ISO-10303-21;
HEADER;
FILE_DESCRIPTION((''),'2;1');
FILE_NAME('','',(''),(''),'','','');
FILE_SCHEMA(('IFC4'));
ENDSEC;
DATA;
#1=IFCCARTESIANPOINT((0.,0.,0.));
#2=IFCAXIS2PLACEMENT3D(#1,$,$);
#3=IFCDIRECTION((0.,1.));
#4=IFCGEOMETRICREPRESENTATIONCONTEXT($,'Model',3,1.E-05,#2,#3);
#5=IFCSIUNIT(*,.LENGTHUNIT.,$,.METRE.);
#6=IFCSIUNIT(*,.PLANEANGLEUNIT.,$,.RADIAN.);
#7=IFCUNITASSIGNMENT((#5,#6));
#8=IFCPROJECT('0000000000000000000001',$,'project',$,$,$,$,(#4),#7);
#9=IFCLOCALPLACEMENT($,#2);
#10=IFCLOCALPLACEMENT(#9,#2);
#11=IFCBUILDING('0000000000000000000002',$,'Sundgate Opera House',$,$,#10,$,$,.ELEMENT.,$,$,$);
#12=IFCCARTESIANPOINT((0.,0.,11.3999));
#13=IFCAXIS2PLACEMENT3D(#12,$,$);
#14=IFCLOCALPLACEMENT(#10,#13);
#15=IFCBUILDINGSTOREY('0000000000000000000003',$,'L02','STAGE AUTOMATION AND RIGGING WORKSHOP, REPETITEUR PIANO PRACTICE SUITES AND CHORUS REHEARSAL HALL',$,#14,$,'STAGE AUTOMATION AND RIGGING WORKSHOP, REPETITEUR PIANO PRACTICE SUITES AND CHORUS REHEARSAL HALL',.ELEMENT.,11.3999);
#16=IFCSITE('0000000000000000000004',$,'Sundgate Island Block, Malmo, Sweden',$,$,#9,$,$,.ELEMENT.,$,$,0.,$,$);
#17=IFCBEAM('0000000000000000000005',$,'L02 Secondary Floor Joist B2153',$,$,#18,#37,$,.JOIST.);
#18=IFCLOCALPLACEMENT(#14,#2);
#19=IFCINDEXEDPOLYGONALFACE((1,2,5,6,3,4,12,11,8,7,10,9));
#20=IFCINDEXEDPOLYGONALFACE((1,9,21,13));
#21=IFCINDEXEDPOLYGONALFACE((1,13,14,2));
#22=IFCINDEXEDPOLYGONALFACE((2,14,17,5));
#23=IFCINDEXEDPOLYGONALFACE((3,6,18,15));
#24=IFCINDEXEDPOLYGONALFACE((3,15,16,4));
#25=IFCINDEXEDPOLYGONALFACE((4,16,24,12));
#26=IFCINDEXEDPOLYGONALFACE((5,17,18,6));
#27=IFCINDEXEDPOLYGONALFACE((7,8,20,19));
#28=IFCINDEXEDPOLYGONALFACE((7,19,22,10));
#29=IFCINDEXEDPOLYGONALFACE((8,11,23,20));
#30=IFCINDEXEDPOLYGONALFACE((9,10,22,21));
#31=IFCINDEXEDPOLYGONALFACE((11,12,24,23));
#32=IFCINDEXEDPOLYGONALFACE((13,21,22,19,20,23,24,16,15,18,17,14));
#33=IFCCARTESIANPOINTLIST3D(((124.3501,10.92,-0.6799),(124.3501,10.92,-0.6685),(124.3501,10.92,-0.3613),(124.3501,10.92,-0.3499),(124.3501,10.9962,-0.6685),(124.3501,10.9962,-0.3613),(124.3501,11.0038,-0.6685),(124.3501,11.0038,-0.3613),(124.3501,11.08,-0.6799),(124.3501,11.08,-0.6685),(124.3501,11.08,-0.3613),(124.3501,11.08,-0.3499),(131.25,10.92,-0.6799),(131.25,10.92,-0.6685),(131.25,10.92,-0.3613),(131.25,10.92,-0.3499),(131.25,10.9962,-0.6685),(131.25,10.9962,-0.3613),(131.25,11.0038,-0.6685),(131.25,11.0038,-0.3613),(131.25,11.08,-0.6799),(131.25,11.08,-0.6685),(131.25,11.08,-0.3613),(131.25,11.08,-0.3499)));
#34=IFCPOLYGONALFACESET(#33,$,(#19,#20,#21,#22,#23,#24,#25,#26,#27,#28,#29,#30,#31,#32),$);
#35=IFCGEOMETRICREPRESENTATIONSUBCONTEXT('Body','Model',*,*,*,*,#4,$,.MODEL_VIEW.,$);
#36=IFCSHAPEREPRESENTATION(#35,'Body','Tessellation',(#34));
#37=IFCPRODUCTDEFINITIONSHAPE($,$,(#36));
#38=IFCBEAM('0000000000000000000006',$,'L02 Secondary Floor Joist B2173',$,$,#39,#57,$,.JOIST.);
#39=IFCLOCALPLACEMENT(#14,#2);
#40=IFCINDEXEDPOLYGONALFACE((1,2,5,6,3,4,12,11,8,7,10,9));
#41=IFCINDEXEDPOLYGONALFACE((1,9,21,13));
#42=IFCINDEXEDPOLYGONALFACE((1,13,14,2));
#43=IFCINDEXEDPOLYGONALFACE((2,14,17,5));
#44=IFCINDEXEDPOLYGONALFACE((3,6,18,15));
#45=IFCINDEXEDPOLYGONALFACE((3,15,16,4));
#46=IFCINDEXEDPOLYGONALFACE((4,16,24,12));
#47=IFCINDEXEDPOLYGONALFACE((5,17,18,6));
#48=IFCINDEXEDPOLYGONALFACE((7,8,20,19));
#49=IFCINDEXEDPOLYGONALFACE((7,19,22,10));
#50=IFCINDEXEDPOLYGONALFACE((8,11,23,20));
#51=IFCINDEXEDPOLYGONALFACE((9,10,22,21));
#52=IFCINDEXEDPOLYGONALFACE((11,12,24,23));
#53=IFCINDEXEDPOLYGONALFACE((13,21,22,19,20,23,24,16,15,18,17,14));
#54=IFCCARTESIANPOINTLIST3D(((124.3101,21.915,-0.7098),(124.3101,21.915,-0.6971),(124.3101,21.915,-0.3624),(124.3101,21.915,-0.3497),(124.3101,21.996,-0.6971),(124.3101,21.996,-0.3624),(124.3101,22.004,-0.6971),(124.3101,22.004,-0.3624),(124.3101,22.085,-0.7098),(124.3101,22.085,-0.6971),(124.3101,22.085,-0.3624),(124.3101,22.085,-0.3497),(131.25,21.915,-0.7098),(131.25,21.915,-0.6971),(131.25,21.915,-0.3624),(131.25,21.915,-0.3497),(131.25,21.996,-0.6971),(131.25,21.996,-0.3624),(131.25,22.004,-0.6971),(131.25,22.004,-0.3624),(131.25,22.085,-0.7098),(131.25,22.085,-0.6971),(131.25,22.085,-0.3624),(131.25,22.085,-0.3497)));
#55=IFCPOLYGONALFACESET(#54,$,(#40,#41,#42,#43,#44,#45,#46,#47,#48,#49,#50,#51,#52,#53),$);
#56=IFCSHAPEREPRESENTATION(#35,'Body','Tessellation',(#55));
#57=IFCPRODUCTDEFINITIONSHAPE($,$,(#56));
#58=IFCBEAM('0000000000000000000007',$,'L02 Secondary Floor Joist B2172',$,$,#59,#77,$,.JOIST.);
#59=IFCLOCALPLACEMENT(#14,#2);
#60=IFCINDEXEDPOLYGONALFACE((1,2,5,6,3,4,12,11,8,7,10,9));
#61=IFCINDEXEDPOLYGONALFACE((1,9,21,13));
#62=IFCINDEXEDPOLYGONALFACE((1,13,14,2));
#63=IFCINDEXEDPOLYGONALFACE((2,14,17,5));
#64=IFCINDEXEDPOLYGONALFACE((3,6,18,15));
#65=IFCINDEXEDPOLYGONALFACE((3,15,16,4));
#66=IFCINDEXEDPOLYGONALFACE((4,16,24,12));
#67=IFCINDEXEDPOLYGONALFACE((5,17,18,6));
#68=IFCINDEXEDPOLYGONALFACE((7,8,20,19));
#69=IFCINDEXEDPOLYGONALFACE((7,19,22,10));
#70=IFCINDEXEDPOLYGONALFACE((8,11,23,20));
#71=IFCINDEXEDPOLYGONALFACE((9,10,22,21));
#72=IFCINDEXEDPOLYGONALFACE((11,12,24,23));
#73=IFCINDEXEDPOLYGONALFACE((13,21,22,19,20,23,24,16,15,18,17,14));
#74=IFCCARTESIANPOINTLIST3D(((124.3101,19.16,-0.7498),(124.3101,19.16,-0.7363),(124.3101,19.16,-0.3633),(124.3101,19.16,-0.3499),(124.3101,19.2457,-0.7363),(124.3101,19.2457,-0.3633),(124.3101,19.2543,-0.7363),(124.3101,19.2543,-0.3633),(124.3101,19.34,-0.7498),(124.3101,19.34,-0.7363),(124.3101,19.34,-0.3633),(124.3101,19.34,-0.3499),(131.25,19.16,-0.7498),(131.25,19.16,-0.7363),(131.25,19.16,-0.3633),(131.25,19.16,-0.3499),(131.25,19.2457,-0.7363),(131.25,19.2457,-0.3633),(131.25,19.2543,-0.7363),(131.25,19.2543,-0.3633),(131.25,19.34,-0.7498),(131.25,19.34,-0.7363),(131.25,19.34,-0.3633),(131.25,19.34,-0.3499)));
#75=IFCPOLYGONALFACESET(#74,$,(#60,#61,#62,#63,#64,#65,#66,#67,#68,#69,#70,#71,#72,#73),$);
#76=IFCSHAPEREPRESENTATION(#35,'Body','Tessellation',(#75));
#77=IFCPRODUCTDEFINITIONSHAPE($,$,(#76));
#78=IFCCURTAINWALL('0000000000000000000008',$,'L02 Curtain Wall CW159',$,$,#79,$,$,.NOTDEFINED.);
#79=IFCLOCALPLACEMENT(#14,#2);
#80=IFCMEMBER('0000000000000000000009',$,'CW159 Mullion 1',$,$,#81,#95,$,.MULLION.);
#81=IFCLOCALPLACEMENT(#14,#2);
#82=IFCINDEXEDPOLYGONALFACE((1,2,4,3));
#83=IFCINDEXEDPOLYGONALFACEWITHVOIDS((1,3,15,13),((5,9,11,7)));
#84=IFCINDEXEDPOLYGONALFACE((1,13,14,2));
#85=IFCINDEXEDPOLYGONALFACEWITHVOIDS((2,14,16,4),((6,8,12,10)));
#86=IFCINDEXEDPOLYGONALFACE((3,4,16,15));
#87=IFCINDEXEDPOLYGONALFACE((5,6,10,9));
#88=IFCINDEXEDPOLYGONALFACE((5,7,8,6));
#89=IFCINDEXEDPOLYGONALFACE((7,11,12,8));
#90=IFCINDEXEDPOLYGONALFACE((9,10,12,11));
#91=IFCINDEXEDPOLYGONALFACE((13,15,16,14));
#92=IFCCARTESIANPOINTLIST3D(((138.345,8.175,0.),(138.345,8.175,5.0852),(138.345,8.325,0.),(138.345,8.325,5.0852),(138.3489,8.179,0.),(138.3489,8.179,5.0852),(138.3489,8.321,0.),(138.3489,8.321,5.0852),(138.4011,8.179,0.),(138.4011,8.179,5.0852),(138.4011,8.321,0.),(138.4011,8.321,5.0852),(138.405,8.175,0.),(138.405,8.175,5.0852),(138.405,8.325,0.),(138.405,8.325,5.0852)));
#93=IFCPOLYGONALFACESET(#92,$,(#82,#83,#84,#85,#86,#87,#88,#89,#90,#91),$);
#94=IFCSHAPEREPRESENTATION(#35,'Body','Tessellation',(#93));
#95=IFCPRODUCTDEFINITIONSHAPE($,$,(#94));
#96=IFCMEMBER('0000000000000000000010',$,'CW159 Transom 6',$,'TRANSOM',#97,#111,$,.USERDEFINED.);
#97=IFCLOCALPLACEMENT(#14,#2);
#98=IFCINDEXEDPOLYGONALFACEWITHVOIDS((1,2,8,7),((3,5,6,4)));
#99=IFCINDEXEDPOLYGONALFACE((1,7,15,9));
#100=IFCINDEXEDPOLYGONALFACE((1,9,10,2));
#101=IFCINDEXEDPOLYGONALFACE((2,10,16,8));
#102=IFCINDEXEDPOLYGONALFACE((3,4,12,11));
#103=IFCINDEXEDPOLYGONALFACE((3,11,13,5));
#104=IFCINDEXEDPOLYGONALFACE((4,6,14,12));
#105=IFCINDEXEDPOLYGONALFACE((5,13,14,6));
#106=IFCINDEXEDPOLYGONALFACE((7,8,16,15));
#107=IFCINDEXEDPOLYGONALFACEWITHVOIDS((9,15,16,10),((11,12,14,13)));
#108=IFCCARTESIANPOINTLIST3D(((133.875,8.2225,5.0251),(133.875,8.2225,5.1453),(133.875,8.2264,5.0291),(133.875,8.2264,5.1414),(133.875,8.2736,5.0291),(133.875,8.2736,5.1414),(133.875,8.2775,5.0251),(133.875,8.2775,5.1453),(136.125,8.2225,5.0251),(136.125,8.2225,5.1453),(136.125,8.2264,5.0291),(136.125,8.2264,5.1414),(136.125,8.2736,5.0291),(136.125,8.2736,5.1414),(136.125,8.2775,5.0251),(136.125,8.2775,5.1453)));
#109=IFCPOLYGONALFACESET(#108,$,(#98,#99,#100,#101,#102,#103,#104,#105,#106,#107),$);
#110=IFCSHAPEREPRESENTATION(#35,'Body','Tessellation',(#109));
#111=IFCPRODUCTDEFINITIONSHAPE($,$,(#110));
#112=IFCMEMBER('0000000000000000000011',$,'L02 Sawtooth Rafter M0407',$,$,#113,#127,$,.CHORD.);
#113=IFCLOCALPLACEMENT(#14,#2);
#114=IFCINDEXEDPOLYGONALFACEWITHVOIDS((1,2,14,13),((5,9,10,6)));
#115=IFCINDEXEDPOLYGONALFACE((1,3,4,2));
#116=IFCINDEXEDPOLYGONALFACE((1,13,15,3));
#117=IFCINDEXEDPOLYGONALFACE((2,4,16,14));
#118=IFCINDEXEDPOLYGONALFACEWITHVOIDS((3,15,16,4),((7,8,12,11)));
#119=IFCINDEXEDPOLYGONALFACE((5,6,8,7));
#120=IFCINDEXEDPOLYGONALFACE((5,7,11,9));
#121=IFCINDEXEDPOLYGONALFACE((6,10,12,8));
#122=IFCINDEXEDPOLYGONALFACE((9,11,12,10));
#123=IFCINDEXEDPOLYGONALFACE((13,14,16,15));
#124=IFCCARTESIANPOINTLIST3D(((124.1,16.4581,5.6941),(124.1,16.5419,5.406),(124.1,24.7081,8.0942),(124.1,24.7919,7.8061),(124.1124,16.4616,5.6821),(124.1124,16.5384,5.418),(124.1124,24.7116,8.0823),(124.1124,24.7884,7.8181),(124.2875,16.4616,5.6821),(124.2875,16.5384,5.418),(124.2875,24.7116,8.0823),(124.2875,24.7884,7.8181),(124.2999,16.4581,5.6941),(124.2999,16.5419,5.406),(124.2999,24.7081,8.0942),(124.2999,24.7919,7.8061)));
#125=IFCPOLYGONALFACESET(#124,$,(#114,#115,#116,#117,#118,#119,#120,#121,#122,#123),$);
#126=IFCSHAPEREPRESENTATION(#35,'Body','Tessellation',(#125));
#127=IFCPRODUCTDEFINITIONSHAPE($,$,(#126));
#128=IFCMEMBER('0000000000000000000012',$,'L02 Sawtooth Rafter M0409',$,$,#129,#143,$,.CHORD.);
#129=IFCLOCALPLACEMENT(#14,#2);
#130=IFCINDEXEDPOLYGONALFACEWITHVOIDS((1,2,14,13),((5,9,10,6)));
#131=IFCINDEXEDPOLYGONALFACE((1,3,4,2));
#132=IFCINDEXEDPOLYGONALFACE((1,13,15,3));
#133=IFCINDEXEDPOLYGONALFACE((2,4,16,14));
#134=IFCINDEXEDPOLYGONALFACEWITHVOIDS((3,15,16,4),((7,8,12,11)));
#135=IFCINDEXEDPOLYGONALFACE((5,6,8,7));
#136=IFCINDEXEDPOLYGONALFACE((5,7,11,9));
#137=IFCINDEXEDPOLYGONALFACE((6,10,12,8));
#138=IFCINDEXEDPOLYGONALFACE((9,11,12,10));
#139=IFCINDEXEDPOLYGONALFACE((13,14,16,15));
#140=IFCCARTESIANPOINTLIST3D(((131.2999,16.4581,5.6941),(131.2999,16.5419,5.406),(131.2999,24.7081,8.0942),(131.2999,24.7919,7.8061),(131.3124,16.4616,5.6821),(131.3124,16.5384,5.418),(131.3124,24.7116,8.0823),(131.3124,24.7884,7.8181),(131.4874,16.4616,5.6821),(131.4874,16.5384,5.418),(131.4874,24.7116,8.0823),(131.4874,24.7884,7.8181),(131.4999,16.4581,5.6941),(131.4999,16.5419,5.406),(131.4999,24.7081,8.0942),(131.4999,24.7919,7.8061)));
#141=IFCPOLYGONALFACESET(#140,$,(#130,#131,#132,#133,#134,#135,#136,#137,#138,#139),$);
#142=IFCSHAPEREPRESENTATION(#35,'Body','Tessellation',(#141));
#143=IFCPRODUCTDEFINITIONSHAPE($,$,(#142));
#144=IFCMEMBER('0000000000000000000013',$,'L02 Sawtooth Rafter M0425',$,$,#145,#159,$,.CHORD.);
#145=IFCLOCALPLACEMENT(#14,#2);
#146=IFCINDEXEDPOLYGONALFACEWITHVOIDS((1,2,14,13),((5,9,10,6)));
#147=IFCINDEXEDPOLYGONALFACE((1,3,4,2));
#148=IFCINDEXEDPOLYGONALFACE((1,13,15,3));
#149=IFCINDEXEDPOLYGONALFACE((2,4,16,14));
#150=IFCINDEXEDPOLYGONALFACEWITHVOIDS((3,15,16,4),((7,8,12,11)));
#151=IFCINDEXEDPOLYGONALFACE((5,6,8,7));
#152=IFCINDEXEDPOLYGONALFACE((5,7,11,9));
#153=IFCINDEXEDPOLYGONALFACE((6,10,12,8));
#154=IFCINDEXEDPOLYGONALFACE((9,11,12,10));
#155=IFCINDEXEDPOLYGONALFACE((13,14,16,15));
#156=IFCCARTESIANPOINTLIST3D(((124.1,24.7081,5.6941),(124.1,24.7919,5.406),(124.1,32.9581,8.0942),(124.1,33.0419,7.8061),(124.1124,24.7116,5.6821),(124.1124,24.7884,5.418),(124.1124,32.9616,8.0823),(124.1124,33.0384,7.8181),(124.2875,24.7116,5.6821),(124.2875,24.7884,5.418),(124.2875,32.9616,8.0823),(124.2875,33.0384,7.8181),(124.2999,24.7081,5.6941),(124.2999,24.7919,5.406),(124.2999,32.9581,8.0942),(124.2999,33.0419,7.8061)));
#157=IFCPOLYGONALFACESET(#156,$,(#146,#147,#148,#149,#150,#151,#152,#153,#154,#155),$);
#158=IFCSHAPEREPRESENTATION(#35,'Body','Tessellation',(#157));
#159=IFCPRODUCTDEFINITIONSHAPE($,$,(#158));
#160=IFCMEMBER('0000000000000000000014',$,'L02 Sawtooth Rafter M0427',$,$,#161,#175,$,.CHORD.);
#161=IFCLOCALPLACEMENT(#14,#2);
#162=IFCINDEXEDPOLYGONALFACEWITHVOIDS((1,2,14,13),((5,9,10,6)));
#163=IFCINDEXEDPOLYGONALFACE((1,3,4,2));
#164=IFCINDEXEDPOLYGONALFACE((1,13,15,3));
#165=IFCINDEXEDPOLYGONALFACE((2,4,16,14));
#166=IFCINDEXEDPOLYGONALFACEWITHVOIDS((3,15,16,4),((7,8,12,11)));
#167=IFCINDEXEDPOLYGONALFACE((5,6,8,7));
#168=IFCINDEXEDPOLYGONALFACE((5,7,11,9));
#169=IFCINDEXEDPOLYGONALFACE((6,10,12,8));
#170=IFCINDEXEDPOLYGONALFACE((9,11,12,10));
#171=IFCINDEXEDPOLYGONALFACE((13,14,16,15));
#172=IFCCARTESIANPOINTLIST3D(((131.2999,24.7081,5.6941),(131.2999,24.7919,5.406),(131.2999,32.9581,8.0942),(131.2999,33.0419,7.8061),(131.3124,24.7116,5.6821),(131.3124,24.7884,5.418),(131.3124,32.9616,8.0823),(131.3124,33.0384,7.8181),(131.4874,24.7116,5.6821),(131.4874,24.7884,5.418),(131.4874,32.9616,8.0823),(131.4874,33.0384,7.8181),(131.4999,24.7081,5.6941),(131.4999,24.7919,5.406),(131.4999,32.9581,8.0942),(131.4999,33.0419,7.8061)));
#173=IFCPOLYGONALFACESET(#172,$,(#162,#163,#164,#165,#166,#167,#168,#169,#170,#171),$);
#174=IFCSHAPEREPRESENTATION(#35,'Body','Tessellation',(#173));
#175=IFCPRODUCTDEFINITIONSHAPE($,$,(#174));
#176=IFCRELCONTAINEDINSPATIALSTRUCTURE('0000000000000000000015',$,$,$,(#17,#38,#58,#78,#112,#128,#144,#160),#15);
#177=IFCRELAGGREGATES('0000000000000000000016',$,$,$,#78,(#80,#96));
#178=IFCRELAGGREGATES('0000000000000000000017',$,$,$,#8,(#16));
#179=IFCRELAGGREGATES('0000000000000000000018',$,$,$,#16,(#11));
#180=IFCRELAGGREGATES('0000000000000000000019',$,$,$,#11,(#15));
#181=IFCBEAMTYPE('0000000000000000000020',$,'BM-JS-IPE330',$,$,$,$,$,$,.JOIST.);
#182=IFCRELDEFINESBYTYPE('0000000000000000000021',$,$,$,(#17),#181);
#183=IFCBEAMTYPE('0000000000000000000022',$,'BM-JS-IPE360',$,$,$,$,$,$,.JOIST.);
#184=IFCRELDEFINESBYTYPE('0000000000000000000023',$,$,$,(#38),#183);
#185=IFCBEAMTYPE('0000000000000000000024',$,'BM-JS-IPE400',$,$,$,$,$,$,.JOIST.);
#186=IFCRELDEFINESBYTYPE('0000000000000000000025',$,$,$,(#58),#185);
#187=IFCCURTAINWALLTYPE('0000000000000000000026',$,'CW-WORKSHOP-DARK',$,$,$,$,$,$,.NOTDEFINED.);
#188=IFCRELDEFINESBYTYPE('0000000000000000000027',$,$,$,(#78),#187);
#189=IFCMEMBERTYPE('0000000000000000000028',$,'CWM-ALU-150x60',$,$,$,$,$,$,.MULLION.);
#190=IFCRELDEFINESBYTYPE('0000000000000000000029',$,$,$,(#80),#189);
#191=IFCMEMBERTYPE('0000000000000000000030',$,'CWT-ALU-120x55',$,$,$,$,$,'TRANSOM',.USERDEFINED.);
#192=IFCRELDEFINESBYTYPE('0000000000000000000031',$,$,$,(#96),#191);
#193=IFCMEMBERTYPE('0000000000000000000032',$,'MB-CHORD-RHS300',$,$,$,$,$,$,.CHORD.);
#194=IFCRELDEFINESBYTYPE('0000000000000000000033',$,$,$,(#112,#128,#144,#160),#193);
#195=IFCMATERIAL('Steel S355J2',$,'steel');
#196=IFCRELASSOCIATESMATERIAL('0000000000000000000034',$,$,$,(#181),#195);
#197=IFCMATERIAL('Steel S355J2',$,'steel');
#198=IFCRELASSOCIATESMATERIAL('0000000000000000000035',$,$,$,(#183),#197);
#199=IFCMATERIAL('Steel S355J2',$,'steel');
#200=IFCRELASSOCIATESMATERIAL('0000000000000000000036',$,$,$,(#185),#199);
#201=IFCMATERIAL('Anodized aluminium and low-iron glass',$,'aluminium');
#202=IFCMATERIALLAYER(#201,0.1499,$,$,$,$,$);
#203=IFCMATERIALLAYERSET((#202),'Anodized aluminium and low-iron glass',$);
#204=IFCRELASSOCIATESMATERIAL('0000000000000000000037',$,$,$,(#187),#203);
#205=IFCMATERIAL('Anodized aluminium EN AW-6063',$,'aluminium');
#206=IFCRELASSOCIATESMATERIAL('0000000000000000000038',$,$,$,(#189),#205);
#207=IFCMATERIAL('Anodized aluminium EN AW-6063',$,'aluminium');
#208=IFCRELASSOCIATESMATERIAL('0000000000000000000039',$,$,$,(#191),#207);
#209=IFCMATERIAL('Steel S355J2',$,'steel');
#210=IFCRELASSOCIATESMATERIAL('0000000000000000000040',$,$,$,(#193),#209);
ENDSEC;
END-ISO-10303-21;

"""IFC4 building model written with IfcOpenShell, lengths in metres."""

from ifc_helpers import new_model, si_unit, direction, frame, origin, origin_2d, place, context, subcontext, project, spatial, hollow_rectangle, i_section, extrude, material, layer, layer_set, material_profile, profile_set, type_object, element, aggregate, save


model = new_model("IFC4")

# Units and contexts
model_context = context("Model", 3, precision=1e-05, world=origin(), true_north=direction((0.0, 1.0)))
body_context = subcontext(model_context, "Body", "Model", "MODEL_VIEW")
ifc_project = project(units=[si_unit("LENGTHUNIT", "METRE"), si_unit("PLANEANGLEUNIT", "RADIAN")], contexts=[model_context])

# Site, building, storey
site_placement = place(None, origin())
site = spatial("IfcSite", under=ifc_project, at=site_placement, Name="Sundgate Island Block, Malmo, Sweden", CompositionType="ELEMENT", RefElevation=0.0)
building_placement = place(site_placement, origin())
building = spatial("IfcBuilding", under=site, at=building_placement, Name="Sundgate Opera House", CompositionType="ELEMENT")
storey_placement = place(building_placement, frame((0.0, 0.0, 11.3999)))
storey = spatial("IfcBuildingStorey", under=building, at=storey_placement, Name="L02", Description="STAGE AUTOMATION AND RIGGING WORKSHOP, REPETITEUR PIANO PRACTICE SUITES AND CHORUS REHEARSAL HALL", LongName="STAGE AUTOMATION AND RIGGING WORKSHOP, REPETITEUR PIANO PRACTICE SUITES AND CHORUS REHEARSAL HALL", CompositionType="ELEMENT", Elevation=11.3999)

# Beams
ifc_material_1 = material(Name="Steel S355J2", Category="steel")
ifc_material_profile_1 = material_profile(ifc_material_1, i_section(OverallWidth=0.1599, OverallDepth=0.3301, WebThickness=0.0076, FlangeThickness=0.0115, at=origin_2d()), Name="IPE 330")
ifc_profile_set_1 = profile_set([ifc_material_profile_1], Name="Steel S355J2")
beam_type_1 = type_object("IfcBeamType", Name="BM-JS-IPE330", PredefinedType="JOIST", material=ifc_profile_set_1)
beam_1_placement = place(storey_placement, frame((124.3501, 11.0, -0.5149), z_axis=(1.0, 0.0, 0.0), x_axis=(0.0, 1.0, 0.0)))
element("IfcBeam", 1, at=beam_1_placement, inside=storey, type_object=beam_type_1, Name="L02 Secondary Floor Joist B2153", PredefinedType="JOIST", context=body_context, shape_type="SweptSolid", body=[
    extrude(i_section(OverallWidth=0.1599, OverallDepth=0.3301, WebThickness=0.0076, FlangeThickness=0.0115, at=origin_2d()), origin(), (0.0, 0.0, 1.0), 6.8999),
])
ifc_material_2 = material(Name="Steel S355J2", Category="steel")
ifc_material_profile_2 = material_profile(ifc_material_2, i_section(OverallWidth=0.1699, OverallDepth=0.3601, WebThickness=0.0081, FlangeThickness=0.0127, at=origin_2d()), Name="IPE 360")
ifc_profile_set_2 = profile_set([ifc_material_profile_2], Name="Steel S355J2")
beam_type_2 = type_object("IfcBeamType", Name="BM-JS-IPE360", PredefinedType="JOIST", material=ifc_profile_set_2)
beam_2_placement = place(storey_placement, frame((124.3101, 22.0, -0.5298), z_axis=(1.0, 0.0, 0.0), x_axis=(0.0, 1.0, 0.0)))
element("IfcBeam", 2, at=beam_2_placement, inside=storey, type_object=beam_type_2, Name="L02 Secondary Floor Joist B2173", PredefinedType="JOIST", context=body_context, shape_type="SweptSolid", body=[
    extrude(i_section(OverallWidth=0.1699, OverallDepth=0.3601, WebThickness=0.0081, FlangeThickness=0.0127, at=origin_2d()), origin(), (0.0, 0.0, 1.0), 6.9399),
])
ifc_material_3 = material(Name="Steel S355J2", Category="steel")
ifc_material_profile_3 = material_profile(ifc_material_3, i_section(OverallWidth=0.1799, OverallDepth=0.3999, WebThickness=0.0085, FlangeThickness=0.0134, at=origin_2d()), Name="IPE 400")
ifc_profile_set_3 = profile_set([ifc_material_profile_3], Name="Steel S355J2")
beam_type_3 = type_object("IfcBeamType", Name="BM-JS-IPE400", PredefinedType="JOIST", material=ifc_profile_set_3)
beam_3_placement = place(storey_placement, frame((124.3101, 19.25, -0.5498), z_axis=(1.0, 0.0, 0.0), x_axis=(0.0, 1.0, 0.0)))
element("IfcBeam", 3, at=beam_3_placement, inside=storey, type_object=beam_type_3, Name="L02 Secondary Floor Joist B2172", PredefinedType="JOIST", context=body_context, shape_type="SweptSolid", body=[
    extrude(i_section(OverallWidth=0.1799, OverallDepth=0.3999, WebThickness=0.0085, FlangeThickness=0.0134, at=origin_2d()), origin(), (0.0, 0.0, 1.0), 6.9399),
])

# Curtain wall, members
ifc_material_4 = material(Name="Anodized aluminium and low-iron glass", Category="aluminium")
ifc_layer_1 = layer(ifc_material_4, 0.1499)
ifc_layer_set_1 = layer_set([ifc_layer_1], Name="Anodized aluminium and low-iron glass")
curtain_wall_type = type_object("IfcCurtainWallType", Name="CW-WORKSHOP-DARK", PredefinedType="NOTDEFINED", material=ifc_layer_set_1)
curtain_wall_placement = place(storey_placement, origin())
curtain_wall = element("IfcCurtainWall", 4, at=curtain_wall_placement, inside=storey, type_object=curtain_wall_type, Name="L02 Curtain Wall CW159", PredefinedType="NOTDEFINED")
ifc_material_5 = material(Name="Anodized aluminium EN AW-6063", Category="aluminium")
ifc_material_profile_4 = material_profile(ifc_material_5, hollow_rectangle(XDim=0.0601, YDim=0.1499, WallThickness=0.0039, at=origin_2d()), Name="CWM 150x60x4")
ifc_profile_set_4 = profile_set([ifc_material_profile_4], Name="Anodized aluminium EN AW-6063")
member_type_1 = type_object("IfcMemberType", Name="CWM-ALU-150x60", PredefinedType="MULLION", material=ifc_profile_set_4)
member_1_placement = place(storey_placement, frame((138.375, 8.25, 0.0), z_axis=(0.0, 0.0, 1.0), x_axis=(1.0, 0.0, 0.0)))
member_1 = element("IfcMember", 5, at=member_1_placement, type_object=member_type_1, Name="CW159 Mullion 1", PredefinedType="MULLION", context=body_context, shape_type="SweptSolid", body=[
    extrude(hollow_rectangle(XDim=0.0601, YDim=0.1499, WallThickness=0.0039, at=origin_2d()), origin(), (0.0, 0.0, 1.0), 5.0852),
])
ifc_material_6 = material(Name="Anodized aluminium EN AW-6063", Category="aluminium")
ifc_material_profile_5 = material_profile(ifc_material_6, hollow_rectangle(XDim=0.0549, YDim=0.1201, WallThickness=0.0039, at=origin_2d()), Name="CWT 120x55x4")
ifc_profile_set_5 = profile_set([ifc_material_profile_5], Name="Anodized aluminium EN AW-6063")
member_type_2 = type_object("IfcMemberType", Name="CWT-ALU-120x55", ElementType="TRANSOM", PredefinedType="USERDEFINED", material=ifc_profile_set_5)
member_2_placement = place(storey_placement, frame((136.125, 8.25, 5.0852), z_axis=(-1.0, 0.0, 0.0), x_axis=(0.0, -1.0, 0.0)))
member_2 = element("IfcMember", 6, at=member_2_placement, type_object=member_type_2, Name="CW159 Transom 6", ObjectType="TRANSOM", PredefinedType="USERDEFINED", context=body_context, shape_type="SweptSolid", body=[
    extrude(hollow_rectangle(XDim=0.0549, YDim=0.1201, WallThickness=0.0039, at=origin_2d()), origin(), (0.0, 0.0, 1.0), 2.25),
])

# Members
ifc_material_7 = material(Name="Steel S355J2", Category="steel")
ifc_material_profile_6 = material_profile(ifc_material_7, hollow_rectangle(XDim=0.2, YDim=0.3, WallThickness=0.0125, at=origin_2d()), Name="RHS 300x200x12.5")
ifc_profile_set_6 = profile_set([ifc_material_profile_6], Name="Steel S355J2")
member_type_3 = type_object("IfcMemberType", Name="MB-CHORD-RHS300", PredefinedType="CHORD", material=ifc_profile_set_6)
for number, where, z_axis, x_axis, name in (
    (7, (124.2, 16.5, 5.55), (0.0, 0.960191, 0.279345), (-1.0, 0.0, 0.0), "L02 Sawtooth Rafter M0407"),
    (8, (131.3999, 16.5, 5.55), (0.0, 0.960191, 0.279345), (-1.0, 0.0, 0.0), "L02 Sawtooth Rafter M0409"),
    (9, (124.2, 24.75, 5.55), (0.0, 0.960191, 0.279345), (-1.0, 0.0, 0.0), "L02 Sawtooth Rafter M0425"),
    (10, (131.3999, 24.75, 5.55), (0.0, 0.960191, 0.279345), (-1.0, 0.0, 0.0), "L02 Sawtooth Rafter M0427"),
):
    element("IfcMember", number, at=place(storey_placement, frame(where, z_axis=z_axis, x_axis=x_axis)), inside=storey, type_object=member_type_3, Name=name, PredefinedType="CHORD", context=body_context, shape_type="SweptSolid", body=[
        extrude(hollow_rectangle(XDim=0.2, YDim=0.3, WallThickness=0.0125, at=origin_2d()), origin(), (0.0, 0.0, 1.0), 8.592),
    ])

aggregate(curtain_wall, [member_1, member_2])

save(model, "model.ifc")
